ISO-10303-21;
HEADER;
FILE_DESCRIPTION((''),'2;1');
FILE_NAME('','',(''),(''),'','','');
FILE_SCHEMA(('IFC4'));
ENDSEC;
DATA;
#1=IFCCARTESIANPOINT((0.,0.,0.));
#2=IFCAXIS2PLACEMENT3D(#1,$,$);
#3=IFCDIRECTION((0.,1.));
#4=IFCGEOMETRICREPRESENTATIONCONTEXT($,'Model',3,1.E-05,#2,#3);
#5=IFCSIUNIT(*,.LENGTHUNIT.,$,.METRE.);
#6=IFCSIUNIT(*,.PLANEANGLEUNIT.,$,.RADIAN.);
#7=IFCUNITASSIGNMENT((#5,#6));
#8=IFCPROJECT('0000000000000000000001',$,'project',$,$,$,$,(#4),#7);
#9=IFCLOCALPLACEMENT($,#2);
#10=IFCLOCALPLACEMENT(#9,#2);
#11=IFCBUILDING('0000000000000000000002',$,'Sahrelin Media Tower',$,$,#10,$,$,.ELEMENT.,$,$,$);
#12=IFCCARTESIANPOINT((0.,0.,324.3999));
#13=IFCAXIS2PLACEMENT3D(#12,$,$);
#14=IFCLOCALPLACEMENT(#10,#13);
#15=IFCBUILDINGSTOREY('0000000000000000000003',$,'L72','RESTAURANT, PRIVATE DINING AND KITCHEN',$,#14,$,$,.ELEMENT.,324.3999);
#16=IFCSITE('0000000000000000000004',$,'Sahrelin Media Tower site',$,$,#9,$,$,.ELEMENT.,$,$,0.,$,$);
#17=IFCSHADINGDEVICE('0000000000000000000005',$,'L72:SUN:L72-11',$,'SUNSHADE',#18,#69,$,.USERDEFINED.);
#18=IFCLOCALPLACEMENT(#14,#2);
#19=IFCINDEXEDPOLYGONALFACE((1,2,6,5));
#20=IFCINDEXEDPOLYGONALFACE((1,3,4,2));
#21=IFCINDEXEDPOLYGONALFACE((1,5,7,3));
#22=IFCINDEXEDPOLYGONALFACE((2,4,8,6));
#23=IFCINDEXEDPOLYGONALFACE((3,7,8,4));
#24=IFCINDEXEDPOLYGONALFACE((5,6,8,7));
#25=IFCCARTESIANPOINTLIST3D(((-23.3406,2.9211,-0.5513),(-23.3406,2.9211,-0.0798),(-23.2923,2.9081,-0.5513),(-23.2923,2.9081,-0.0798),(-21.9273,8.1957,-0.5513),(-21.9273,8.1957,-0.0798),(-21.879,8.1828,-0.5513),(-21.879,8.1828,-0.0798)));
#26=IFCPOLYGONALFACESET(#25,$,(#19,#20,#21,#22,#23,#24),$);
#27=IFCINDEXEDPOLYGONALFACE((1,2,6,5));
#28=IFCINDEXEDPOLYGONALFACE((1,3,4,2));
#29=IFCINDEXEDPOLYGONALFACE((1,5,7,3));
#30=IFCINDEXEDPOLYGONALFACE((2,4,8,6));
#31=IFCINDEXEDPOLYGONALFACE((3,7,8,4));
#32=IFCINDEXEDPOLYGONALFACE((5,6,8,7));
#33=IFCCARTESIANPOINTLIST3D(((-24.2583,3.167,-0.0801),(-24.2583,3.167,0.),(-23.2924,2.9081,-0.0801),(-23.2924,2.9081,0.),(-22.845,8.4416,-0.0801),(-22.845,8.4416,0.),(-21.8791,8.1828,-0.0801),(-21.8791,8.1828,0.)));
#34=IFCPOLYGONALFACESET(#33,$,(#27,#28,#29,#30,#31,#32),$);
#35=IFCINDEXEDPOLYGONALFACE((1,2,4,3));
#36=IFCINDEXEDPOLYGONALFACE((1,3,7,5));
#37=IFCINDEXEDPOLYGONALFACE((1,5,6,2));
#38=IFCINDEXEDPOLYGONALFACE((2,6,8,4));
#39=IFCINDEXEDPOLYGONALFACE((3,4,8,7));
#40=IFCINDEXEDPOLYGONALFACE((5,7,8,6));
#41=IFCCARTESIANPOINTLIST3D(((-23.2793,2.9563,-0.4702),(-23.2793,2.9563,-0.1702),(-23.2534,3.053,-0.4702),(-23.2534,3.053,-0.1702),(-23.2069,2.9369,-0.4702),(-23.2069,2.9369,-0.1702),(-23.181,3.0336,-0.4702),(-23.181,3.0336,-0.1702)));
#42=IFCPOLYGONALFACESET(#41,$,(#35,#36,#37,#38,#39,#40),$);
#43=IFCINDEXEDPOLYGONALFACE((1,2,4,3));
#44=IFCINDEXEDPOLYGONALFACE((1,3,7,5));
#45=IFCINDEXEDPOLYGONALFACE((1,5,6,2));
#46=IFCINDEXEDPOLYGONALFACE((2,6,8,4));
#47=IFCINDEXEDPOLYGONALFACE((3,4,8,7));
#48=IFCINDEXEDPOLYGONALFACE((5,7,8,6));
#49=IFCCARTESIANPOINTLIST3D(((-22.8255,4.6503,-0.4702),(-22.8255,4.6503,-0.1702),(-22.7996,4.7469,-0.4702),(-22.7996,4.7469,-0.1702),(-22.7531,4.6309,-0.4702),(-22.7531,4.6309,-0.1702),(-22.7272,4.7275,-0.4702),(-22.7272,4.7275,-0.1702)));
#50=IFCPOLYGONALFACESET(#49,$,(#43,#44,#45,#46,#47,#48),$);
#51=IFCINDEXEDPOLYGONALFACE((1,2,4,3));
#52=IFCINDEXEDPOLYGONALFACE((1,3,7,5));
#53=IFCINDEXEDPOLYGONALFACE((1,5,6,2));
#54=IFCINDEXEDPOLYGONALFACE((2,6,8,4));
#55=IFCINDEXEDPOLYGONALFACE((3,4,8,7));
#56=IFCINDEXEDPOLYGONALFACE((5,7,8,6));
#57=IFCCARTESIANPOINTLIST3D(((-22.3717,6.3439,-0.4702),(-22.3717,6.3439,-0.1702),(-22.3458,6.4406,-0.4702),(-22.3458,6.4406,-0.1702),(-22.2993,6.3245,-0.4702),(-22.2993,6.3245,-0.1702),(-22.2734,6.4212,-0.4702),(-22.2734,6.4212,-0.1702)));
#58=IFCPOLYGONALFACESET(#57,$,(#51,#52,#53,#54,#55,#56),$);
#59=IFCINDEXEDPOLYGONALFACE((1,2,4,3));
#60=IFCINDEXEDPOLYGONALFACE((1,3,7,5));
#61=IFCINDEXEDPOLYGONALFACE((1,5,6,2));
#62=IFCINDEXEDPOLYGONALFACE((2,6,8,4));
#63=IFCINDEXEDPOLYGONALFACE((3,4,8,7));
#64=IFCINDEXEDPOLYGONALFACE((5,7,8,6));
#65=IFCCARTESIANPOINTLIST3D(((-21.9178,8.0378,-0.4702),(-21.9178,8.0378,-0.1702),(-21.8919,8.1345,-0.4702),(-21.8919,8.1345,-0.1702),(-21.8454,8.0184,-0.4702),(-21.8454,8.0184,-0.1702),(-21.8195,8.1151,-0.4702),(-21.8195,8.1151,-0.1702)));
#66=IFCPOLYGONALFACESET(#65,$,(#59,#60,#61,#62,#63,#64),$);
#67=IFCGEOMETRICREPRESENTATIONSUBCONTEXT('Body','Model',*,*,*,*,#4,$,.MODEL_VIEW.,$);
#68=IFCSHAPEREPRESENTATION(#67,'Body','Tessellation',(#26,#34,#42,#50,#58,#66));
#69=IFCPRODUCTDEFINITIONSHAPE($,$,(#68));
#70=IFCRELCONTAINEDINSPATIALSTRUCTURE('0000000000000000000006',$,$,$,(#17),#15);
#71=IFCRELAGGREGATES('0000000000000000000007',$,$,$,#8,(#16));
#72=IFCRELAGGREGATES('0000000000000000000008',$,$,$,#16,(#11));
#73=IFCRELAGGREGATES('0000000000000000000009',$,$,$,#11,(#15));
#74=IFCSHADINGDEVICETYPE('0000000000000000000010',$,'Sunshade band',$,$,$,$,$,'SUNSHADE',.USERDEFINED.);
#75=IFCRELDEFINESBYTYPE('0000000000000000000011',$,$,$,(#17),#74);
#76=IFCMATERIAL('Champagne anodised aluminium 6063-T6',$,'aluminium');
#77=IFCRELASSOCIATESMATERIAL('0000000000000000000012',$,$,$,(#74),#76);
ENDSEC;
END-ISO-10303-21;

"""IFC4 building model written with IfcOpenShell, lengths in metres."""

from ifc_helpers import new_model, si_unit, direction, frame, origin, origin_2d, place, context, subcontext, project, spatial, rectangle, extrude, material, type_object, element, save


model = new_model("IFC4")

# Units and contexts
model_context = context("Model", 3, precision=1e-05, world=origin(), true_north=direction((0.0, 1.0)))
body_context = subcontext(model_context, "Body", "Model", "MODEL_VIEW")
ifc_project = project(units=[si_unit("LENGTHUNIT", "METRE"), si_unit("PLANEANGLEUNIT", "RADIAN")], contexts=[model_context])

# Site, building, storey
site_placement = place(None, origin())
site = spatial("IfcSite", under=ifc_project, at=site_placement, Name="Sahrelin Media Tower site", CompositionType="ELEMENT", RefElevation=0.0)
building_placement = place(site_placement, origin())
building = spatial("IfcBuilding", under=site, at=building_placement, Name="Sahrelin Media Tower", CompositionType="ELEMENT")
storey_placement = place(building_placement, frame((0.0, 0.0, 324.3999)))
storey = spatial("IfcBuildingStorey", under=building, at=storey_placement, Name="L72", Description="RESTAURANT, PRIVATE DINING AND KITCHEN", CompositionType="ELEMENT", Elevation=324.3999)

# Shared definitions
ifc_material_1 = material(Name="Champagne anodised aluminium 6063-T6", Category="aluminium")

# Shading device
placement = place(storey_placement, frame((-22.5664, 5.5403, 0.0), z_axis=(0.0, 0.0, 1.0), x_axis=(0.258808, 0.965929, 0.0)))
shading_device_type_1 = type_object("IfcShadingDeviceType", Name="Sunshade band", ElementType="SUNSHADE", PredefinedType="USERDEFINED", material=ifc_material_1)
element("IfcShadingDevice", 1, at=placement, inside=storey, type_object=shading_device_type_1, Name="L72:SUN:L72-11", ObjectType="SUNSHADE", PredefinedType="USERDEFINED", context=body_context, shape_type="SweptSolid", body=[
    extrude(rectangle(XDim=5.4607, YDim=0.05, at=origin_2d()), frame((0.0, 0.0449, -0.5513)), (0.0, 0.0, 1.0), 0.4714),
    extrude(rectangle(XDim=5.4607, YDim=1.0, at=origin_2d()), frame((0.0, 0.52, -0.0801)), (0.0, 0.0, 1.0), 0.0801),
    extrude(rectangle(XDim=0.1001, YDim=0.075, at=origin_2d()), frame((-2.6304, -0.0176, -0.4702)), (0.0, 0.0, 1.0), 0.3),
    extrude(rectangle(XDim=0.1001, YDim=0.075, at=origin_2d()), frame((-0.8767, -0.0176, -0.4702)), (0.0, 0.0, 1.0), 0.3),
    extrude(rectangle(XDim=0.1001, YDim=0.075, at=origin_2d()), frame((0.8767, -0.0176, -0.4702)), (0.0, 0.0, 1.0), 0.3),
    extrude(rectangle(XDim=0.1001, YDim=0.075, at=origin_2d()), frame((2.6304, -0.0176, -0.4702)), (0.0, 0.0, 1.0), 0.3),
])

save(model, "model.ifc")
